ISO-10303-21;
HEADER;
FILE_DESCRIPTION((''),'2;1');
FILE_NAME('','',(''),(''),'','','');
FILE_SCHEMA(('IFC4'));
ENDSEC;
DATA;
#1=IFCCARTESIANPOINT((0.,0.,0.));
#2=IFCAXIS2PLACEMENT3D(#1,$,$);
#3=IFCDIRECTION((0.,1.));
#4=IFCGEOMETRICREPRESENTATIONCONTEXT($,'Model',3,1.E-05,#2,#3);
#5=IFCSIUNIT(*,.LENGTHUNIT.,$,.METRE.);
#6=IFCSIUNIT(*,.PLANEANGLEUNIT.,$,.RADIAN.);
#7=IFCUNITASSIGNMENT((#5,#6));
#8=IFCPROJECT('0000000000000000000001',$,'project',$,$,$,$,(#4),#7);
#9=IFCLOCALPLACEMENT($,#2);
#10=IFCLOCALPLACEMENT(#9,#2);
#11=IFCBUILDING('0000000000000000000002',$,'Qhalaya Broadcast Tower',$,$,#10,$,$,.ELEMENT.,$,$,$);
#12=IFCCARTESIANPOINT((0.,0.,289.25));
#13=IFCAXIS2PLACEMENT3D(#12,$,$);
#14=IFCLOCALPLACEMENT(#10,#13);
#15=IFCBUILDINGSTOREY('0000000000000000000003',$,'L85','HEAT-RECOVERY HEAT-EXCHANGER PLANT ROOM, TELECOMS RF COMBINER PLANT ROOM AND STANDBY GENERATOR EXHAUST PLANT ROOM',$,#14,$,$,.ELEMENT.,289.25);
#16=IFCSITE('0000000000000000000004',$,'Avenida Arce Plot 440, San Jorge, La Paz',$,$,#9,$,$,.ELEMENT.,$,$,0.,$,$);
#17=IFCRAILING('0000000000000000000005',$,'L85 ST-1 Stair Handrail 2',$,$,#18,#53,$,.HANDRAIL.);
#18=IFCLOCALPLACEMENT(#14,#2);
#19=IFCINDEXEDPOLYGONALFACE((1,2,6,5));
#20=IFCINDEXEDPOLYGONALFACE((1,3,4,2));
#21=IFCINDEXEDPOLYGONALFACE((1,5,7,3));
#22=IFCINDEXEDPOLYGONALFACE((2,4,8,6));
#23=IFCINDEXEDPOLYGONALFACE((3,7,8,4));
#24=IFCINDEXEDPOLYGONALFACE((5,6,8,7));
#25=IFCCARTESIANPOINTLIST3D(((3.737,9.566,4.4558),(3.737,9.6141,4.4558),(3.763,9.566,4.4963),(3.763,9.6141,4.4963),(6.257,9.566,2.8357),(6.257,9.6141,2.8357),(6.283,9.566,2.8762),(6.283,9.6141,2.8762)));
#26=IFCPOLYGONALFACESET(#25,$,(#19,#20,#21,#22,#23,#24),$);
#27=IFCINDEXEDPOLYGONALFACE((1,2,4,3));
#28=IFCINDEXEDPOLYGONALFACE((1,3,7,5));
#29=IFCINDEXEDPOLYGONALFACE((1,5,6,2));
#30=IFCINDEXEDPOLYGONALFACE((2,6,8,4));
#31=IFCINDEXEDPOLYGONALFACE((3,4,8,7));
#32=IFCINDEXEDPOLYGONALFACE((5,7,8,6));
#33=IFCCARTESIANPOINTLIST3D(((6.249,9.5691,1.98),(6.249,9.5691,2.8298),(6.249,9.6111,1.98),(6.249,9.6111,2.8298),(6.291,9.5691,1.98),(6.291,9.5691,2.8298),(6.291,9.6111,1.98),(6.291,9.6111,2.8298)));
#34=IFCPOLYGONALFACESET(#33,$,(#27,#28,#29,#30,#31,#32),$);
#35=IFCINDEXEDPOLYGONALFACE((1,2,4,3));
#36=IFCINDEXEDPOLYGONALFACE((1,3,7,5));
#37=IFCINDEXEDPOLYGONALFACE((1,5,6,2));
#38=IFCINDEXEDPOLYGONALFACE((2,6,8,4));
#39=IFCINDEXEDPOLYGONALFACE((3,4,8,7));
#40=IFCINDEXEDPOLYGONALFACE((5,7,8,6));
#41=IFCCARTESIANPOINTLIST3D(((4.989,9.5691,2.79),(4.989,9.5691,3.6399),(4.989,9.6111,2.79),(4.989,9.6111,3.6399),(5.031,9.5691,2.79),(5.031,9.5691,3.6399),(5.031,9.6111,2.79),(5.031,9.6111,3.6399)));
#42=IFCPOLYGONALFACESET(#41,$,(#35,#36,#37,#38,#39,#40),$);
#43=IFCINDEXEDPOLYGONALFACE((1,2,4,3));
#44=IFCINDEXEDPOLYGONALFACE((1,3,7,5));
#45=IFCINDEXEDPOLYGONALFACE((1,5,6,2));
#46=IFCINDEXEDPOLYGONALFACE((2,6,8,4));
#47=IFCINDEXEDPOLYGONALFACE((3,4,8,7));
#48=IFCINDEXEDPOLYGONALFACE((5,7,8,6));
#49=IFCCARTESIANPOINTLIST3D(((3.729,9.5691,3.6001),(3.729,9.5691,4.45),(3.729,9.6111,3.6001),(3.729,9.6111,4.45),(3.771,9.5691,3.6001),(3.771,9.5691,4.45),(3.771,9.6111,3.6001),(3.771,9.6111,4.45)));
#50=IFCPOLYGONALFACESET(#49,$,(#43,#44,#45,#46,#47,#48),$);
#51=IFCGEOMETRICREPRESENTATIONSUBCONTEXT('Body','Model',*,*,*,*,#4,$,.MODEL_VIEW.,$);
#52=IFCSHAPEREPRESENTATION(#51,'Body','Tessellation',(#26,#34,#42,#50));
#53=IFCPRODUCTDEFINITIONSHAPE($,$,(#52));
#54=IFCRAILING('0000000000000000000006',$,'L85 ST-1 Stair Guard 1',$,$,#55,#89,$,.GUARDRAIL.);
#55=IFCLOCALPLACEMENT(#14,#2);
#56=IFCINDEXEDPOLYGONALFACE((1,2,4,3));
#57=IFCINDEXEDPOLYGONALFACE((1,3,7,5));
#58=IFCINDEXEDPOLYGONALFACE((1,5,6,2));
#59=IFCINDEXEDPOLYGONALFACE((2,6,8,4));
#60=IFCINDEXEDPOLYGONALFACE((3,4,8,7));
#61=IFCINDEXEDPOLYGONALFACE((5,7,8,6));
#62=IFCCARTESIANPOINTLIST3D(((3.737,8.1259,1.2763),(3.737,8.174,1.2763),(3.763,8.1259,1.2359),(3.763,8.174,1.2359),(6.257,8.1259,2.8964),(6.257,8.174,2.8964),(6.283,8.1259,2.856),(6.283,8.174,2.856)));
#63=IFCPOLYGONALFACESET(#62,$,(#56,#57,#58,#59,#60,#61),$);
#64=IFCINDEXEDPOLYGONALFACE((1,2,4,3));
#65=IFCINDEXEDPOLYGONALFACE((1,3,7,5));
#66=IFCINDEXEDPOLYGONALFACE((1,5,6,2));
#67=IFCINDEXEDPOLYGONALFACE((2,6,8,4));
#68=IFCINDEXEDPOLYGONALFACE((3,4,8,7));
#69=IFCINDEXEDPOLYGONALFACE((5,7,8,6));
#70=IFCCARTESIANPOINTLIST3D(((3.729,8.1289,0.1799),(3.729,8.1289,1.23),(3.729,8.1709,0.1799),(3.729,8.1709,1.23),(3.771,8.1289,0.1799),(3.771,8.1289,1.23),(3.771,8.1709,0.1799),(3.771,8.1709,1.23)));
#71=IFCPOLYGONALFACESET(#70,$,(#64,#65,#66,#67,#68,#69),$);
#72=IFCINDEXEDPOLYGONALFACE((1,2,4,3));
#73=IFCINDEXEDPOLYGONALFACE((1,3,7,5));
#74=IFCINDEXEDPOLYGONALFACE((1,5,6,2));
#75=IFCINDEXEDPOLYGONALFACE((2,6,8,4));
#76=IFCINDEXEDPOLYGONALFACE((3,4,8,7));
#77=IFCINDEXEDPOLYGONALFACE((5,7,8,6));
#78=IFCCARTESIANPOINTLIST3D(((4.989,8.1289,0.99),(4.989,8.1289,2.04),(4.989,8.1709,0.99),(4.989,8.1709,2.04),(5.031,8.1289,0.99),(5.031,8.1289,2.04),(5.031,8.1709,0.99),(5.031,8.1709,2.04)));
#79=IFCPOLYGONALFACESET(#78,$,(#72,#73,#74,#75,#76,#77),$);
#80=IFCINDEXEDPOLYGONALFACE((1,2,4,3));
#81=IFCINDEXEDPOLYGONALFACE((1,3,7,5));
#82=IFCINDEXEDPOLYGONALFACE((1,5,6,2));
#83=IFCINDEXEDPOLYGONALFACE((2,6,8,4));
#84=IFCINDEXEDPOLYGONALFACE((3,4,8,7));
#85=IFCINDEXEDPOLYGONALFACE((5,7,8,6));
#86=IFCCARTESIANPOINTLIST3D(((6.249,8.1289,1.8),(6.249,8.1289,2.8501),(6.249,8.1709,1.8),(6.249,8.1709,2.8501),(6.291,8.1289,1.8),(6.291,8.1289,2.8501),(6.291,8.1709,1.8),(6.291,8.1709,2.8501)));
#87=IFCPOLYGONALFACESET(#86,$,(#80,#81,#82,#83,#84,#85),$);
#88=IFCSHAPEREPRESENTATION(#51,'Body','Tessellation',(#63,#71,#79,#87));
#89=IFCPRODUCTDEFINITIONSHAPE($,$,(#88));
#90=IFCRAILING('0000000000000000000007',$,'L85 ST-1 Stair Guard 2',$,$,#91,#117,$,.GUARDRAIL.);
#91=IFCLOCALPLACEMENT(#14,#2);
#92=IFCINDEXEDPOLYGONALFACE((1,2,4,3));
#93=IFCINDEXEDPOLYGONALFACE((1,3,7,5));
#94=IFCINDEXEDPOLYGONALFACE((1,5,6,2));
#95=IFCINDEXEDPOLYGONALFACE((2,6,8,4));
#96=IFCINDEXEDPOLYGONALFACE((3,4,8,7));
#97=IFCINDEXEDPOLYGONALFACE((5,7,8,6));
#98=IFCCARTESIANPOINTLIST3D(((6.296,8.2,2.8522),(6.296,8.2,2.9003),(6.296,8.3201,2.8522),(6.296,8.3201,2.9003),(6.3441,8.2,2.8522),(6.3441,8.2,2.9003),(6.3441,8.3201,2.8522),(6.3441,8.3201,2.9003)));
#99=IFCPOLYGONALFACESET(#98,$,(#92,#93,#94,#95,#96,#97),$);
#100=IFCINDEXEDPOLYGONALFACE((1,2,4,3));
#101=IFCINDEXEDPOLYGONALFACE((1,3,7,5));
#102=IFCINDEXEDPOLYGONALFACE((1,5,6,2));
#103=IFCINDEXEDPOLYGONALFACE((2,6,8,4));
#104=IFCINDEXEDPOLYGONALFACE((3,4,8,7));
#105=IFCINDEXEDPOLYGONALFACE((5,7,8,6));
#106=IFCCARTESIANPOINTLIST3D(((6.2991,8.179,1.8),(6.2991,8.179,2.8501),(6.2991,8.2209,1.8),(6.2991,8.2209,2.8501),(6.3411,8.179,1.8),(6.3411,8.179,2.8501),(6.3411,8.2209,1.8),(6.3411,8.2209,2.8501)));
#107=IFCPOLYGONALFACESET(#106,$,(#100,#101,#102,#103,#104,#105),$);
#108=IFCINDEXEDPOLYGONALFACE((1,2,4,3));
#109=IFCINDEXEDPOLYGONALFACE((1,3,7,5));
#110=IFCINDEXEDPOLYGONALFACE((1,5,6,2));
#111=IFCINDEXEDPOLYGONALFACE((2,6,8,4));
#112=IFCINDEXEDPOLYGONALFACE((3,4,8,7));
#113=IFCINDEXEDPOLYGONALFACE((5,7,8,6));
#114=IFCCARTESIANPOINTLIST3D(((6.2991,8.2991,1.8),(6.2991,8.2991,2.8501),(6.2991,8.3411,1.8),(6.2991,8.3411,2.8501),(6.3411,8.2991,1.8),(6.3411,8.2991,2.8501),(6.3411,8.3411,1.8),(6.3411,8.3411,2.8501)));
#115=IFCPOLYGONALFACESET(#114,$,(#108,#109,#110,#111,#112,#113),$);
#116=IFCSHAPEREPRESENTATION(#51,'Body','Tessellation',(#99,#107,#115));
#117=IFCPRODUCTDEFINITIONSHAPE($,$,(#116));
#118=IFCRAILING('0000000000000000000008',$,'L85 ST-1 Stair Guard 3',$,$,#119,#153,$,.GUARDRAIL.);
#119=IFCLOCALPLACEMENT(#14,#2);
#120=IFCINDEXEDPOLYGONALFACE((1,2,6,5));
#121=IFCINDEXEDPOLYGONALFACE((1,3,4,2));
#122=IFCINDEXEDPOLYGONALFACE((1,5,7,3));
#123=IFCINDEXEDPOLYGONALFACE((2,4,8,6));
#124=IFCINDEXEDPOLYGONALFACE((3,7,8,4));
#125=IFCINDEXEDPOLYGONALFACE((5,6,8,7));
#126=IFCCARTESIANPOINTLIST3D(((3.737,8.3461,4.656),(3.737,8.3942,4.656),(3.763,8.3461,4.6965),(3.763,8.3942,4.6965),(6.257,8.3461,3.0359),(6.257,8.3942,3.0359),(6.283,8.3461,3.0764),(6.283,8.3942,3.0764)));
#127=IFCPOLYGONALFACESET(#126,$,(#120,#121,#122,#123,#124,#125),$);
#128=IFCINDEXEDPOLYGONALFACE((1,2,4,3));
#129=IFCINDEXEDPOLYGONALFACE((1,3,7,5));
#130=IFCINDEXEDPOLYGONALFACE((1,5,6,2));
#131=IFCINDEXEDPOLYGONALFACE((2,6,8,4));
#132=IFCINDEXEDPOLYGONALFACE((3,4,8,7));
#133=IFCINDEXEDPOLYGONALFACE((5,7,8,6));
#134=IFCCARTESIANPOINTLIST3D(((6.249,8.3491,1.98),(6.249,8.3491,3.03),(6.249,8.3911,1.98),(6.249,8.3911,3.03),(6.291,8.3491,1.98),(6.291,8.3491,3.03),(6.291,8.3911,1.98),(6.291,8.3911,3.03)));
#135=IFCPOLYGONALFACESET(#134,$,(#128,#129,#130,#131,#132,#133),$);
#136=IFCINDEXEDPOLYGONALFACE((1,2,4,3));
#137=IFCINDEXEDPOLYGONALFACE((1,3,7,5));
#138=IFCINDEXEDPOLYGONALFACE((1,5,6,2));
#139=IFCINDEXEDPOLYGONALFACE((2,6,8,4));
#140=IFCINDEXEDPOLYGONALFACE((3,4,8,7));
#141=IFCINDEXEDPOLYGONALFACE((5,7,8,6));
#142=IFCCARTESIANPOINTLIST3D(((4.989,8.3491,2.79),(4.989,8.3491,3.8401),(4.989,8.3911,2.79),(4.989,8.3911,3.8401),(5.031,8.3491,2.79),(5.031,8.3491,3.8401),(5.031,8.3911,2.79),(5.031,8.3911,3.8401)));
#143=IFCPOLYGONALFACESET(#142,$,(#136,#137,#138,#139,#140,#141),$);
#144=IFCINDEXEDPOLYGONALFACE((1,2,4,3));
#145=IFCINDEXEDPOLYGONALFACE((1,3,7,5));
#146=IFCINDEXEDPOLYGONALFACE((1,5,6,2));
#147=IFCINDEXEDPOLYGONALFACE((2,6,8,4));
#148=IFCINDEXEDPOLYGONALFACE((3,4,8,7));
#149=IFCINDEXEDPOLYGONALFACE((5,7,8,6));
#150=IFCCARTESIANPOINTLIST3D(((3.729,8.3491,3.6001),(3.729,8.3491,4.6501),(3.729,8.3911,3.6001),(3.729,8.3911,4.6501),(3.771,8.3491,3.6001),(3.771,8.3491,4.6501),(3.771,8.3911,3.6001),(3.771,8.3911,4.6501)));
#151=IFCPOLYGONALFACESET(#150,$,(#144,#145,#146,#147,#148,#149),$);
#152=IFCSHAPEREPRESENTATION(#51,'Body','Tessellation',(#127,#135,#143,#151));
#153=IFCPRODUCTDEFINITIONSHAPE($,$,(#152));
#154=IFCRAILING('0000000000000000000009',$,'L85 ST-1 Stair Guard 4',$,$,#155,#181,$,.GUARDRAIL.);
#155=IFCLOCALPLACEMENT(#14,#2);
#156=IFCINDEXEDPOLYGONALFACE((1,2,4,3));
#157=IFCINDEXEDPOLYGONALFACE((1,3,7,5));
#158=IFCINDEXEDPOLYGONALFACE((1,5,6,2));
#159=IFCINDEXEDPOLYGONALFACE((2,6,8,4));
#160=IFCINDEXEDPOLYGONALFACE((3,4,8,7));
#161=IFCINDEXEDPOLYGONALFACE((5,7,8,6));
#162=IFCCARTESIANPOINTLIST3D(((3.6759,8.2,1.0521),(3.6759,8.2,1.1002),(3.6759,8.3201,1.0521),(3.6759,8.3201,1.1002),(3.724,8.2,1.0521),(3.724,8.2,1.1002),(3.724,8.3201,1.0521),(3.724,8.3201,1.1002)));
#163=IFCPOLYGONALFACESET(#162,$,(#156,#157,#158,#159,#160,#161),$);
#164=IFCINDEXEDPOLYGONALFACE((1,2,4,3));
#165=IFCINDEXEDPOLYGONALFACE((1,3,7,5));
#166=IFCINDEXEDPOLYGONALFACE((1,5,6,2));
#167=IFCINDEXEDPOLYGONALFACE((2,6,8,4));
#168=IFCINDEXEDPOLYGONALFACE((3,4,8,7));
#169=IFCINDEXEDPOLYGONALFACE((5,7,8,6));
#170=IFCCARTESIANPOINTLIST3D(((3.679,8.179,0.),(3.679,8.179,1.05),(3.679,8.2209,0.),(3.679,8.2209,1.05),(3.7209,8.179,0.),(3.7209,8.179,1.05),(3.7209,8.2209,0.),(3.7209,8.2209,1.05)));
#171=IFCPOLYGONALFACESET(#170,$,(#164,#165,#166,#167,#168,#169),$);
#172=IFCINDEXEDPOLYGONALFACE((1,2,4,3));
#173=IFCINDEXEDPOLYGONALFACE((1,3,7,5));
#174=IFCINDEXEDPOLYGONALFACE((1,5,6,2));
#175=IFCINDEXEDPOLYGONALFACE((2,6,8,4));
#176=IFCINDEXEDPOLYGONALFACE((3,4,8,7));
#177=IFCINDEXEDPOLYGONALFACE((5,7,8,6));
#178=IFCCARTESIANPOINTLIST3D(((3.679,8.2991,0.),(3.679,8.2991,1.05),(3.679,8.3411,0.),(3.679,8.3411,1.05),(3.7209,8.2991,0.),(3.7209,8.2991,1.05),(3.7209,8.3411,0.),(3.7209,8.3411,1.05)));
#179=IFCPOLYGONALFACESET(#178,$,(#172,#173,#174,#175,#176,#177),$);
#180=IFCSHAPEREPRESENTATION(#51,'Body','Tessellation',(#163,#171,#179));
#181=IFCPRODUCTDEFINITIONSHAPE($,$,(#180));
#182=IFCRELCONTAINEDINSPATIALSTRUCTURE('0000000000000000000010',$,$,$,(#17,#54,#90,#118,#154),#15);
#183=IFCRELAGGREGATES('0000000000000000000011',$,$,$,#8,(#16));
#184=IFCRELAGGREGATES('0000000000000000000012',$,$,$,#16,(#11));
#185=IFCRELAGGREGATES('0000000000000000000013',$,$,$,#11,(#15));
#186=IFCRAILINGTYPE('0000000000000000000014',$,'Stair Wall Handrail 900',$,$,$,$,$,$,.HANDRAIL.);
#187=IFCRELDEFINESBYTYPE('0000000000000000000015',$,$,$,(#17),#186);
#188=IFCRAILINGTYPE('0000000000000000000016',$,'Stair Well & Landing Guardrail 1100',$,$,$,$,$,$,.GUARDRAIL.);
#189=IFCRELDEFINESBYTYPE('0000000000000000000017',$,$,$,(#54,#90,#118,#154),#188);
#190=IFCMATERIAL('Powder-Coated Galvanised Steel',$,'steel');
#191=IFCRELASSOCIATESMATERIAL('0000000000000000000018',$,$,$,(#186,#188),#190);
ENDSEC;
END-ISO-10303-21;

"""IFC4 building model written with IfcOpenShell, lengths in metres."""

from ifc_helpers import new_model, si_unit, direction, frame, origin, origin_2d, place, context, subcontext, project, spatial, rectangle, extrude, material, type_object, element, save


model = new_model("IFC4")

# Units and contexts
model_context = context("Model", 3, precision=1e-05, world=origin(), true_north=direction((0.0, 1.0)))
body_context = subcontext(model_context, "Body", "Model", "MODEL_VIEW")
ifc_project = project(units=[si_unit("LENGTHUNIT", "METRE"), si_unit("PLANEANGLEUNIT", "RADIAN")], contexts=[model_context])

# Site, building, storey
site_placement = place(None, origin())
site = spatial("IfcSite", under=ifc_project, at=site_placement, Name="Avenida Arce Plot 440, San Jorge, La Paz", CompositionType="ELEMENT", RefElevation=0.0)
building_placement = place(site_placement, origin())
building = spatial("IfcBuilding", under=site, at=building_placement, Name="Qhalaya Broadcast Tower", CompositionType="ELEMENT")
storey_placement = place(building_placement, frame((0.0, 0.0, 289.25)))
storey = spatial("IfcBuildingStorey", under=building, at=storey_placement, Name="L85", Description="HEAT-RECOVERY HEAT-EXCHANGER PLANT ROOM, TELECOMS RF COMBINER PLANT ROOM AND STANDBY GENERATOR EXHAUST PLANT ROOM", CompositionType="ELEMENT", Elevation=289.25)

# Railings
ifc_material_1 = material(Name="Powder-Coated Galvanised Steel", Category="steel")
railing_type_1 = type_object("IfcRailingType", Name="Stair Wall Handrail 900", PredefinedType="HANDRAIL", material=ifc_material_1)
railing_1_placement = place(storey_placement, frame((6.27, 9.5901, 1.98)))
element("IfcRailing", 1, at=railing_1_placement, inside=storey, type_object=railing_type_1, Name="L85 ST-1 Stair Handrail 2", PredefinedType="HANDRAIL", context=body_context, shape_type="SweptSolid", body=[
    extrude(rectangle(XDim=0.0481, YDim=0.0481, at=origin_2d()), frame((0.0, 0.0, 0.876), z_axis=(-0.841163, 0.0, 0.540782), x_axis=(0.0, -1.0, 0.0)), (0.0, 0.0, 1.0), 2.9958),
    extrude(rectangle(XDim=0.042, YDim=0.042, at=origin_2d()), origin(), (0.0, 0.0, 1.0), 0.8499),
    extrude(rectangle(XDim=0.042, YDim=0.042, at=origin_2d()), frame((-1.26, 0.0, 0.8101)), (0.0, 0.0, 1.0), 0.8499),
    extrude(rectangle(XDim=0.042, YDim=0.042, at=origin_2d()), frame((-2.52, 0.0, 1.6201)), (0.0, 0.0, 1.0), 0.8499),
])
railing_type_2 = type_object("IfcRailingType", Name="Stair Well & Landing Guardrail 1100", PredefinedType="GUARDRAIL", material=ifc_material_1)
railing_2_placement = place(storey_placement, frame((3.75, 8.1499, 0.1799)))
element("IfcRailing", 2, at=railing_2_placement, inside=storey, type_object=railing_type_2, Name="L85 ST-1 Stair Guard 1", PredefinedType="GUARDRAIL", context=body_context, shape_type="SweptSolid", body=[
    extrude(rectangle(XDim=0.0481, YDim=0.0481, at=origin_2d()), frame((0.0, 0.0, 1.0762), z_axis=(0.841163, 0.0, 0.540782), x_axis=(0.0, 1.0, 0.0)), (0.0, 0.0, 1.0), 2.9958),
    extrude(rectangle(XDim=0.042, YDim=0.042, at=origin_2d()), origin(), (0.0, 0.0, 1.0), 1.05),
    extrude(rectangle(XDim=0.042, YDim=0.042, at=origin_2d()), frame((1.26, 0.0, 0.8101)), (0.0, 0.0, 1.0), 1.05),
    extrude(rectangle(XDim=0.042, YDim=0.042, at=origin_2d()), frame((2.52, 0.0, 1.6201)), (0.0, 0.0, 1.0), 1.05),
])
railing_3_placement = place(storey_placement, frame((6.3201, 8.2, 1.8)))
element("IfcRailing", 3, at=railing_3_placement, inside=storey, type_object=railing_type_2, Name="L85 ST-1 Stair Guard 2", PredefinedType="GUARDRAIL", context=body_context, shape_type="SweptSolid", body=[
    extrude(rectangle(XDim=0.0481, YDim=0.0481, at=origin_2d()), frame((0.0, 0.0, 1.0762), z_axis=(0.0, 1.0, 0.0), x_axis=(-1.0, 0.0, 0.0)), (0.0, 0.0, 1.0), 0.1201),
    extrude(rectangle(XDim=0.042, YDim=0.042, at=origin_2d()), origin(), (0.0, 0.0, 1.0), 1.05),
    extrude(rectangle(XDim=0.042, YDim=0.042, at=origin_2d()), frame((0.0, 0.1201, 0.0)), (0.0, 0.0, 1.0), 1.05),
])
railing_4_placement = place(storey_placement, frame((6.27, 8.3701, 1.98)))
element("IfcRailing", 4, at=railing_4_placement, inside=storey, type_object=railing_type_2, Name="L85 ST-1 Stair Guard 3", PredefinedType="GUARDRAIL", context=body_context, shape_type="SweptSolid", body=[
    extrude(rectangle(XDim=0.0481, YDim=0.0481, at=origin_2d()), frame((0.0, 0.0, 1.0762), z_axis=(-0.841163, 0.0, 0.540782), x_axis=(0.0, -1.0, 0.0)), (0.0, 0.0, 1.0), 2.9958),
    extrude(rectangle(XDim=0.042, YDim=0.042, at=origin_2d()), origin(), (0.0, 0.0, 1.0), 1.05),
    extrude(rectangle(XDim=0.042, YDim=0.042, at=origin_2d()), frame((-1.26, 0.0, 0.8101)), (0.0, 0.0, 1.0), 1.05),
    extrude(rectangle(XDim=0.042, YDim=0.042, at=origin_2d()), frame((-2.52, 0.0, 1.6201)), (0.0, 0.0, 1.0), 1.05),
])
railing_5_placement = place(storey_placement, frame((3.7, 8.2, 0.0)))
element("IfcRailing", 5, at=railing_5_placement, inside=storey, type_object=railing_type_2, Name="L85 ST-1 Stair Guard 4", PredefinedType="GUARDRAIL", context=body_context, shape_type="SweptSolid", body=[
    extrude(rectangle(XDim=0.0481, YDim=0.0481, at=origin_2d()), frame((0.0, 0.0, 1.0762), z_axis=(0.0, 1.0, 0.0), x_axis=(-1.0, 0.0, 0.0)), (0.0, 0.0, 1.0), 0.1201),
    extrude(rectangle(XDim=0.042, YDim=0.042, at=origin_2d()), origin(), (0.0, 0.0, 1.0), 1.05),
    extrude(rectangle(XDim=0.042, YDim=0.042, at=origin_2d()), frame((0.0, 0.1201, 0.0)), (0.0, 0.0, 1.0), 1.05),
])

save(model, "model.ifc")
